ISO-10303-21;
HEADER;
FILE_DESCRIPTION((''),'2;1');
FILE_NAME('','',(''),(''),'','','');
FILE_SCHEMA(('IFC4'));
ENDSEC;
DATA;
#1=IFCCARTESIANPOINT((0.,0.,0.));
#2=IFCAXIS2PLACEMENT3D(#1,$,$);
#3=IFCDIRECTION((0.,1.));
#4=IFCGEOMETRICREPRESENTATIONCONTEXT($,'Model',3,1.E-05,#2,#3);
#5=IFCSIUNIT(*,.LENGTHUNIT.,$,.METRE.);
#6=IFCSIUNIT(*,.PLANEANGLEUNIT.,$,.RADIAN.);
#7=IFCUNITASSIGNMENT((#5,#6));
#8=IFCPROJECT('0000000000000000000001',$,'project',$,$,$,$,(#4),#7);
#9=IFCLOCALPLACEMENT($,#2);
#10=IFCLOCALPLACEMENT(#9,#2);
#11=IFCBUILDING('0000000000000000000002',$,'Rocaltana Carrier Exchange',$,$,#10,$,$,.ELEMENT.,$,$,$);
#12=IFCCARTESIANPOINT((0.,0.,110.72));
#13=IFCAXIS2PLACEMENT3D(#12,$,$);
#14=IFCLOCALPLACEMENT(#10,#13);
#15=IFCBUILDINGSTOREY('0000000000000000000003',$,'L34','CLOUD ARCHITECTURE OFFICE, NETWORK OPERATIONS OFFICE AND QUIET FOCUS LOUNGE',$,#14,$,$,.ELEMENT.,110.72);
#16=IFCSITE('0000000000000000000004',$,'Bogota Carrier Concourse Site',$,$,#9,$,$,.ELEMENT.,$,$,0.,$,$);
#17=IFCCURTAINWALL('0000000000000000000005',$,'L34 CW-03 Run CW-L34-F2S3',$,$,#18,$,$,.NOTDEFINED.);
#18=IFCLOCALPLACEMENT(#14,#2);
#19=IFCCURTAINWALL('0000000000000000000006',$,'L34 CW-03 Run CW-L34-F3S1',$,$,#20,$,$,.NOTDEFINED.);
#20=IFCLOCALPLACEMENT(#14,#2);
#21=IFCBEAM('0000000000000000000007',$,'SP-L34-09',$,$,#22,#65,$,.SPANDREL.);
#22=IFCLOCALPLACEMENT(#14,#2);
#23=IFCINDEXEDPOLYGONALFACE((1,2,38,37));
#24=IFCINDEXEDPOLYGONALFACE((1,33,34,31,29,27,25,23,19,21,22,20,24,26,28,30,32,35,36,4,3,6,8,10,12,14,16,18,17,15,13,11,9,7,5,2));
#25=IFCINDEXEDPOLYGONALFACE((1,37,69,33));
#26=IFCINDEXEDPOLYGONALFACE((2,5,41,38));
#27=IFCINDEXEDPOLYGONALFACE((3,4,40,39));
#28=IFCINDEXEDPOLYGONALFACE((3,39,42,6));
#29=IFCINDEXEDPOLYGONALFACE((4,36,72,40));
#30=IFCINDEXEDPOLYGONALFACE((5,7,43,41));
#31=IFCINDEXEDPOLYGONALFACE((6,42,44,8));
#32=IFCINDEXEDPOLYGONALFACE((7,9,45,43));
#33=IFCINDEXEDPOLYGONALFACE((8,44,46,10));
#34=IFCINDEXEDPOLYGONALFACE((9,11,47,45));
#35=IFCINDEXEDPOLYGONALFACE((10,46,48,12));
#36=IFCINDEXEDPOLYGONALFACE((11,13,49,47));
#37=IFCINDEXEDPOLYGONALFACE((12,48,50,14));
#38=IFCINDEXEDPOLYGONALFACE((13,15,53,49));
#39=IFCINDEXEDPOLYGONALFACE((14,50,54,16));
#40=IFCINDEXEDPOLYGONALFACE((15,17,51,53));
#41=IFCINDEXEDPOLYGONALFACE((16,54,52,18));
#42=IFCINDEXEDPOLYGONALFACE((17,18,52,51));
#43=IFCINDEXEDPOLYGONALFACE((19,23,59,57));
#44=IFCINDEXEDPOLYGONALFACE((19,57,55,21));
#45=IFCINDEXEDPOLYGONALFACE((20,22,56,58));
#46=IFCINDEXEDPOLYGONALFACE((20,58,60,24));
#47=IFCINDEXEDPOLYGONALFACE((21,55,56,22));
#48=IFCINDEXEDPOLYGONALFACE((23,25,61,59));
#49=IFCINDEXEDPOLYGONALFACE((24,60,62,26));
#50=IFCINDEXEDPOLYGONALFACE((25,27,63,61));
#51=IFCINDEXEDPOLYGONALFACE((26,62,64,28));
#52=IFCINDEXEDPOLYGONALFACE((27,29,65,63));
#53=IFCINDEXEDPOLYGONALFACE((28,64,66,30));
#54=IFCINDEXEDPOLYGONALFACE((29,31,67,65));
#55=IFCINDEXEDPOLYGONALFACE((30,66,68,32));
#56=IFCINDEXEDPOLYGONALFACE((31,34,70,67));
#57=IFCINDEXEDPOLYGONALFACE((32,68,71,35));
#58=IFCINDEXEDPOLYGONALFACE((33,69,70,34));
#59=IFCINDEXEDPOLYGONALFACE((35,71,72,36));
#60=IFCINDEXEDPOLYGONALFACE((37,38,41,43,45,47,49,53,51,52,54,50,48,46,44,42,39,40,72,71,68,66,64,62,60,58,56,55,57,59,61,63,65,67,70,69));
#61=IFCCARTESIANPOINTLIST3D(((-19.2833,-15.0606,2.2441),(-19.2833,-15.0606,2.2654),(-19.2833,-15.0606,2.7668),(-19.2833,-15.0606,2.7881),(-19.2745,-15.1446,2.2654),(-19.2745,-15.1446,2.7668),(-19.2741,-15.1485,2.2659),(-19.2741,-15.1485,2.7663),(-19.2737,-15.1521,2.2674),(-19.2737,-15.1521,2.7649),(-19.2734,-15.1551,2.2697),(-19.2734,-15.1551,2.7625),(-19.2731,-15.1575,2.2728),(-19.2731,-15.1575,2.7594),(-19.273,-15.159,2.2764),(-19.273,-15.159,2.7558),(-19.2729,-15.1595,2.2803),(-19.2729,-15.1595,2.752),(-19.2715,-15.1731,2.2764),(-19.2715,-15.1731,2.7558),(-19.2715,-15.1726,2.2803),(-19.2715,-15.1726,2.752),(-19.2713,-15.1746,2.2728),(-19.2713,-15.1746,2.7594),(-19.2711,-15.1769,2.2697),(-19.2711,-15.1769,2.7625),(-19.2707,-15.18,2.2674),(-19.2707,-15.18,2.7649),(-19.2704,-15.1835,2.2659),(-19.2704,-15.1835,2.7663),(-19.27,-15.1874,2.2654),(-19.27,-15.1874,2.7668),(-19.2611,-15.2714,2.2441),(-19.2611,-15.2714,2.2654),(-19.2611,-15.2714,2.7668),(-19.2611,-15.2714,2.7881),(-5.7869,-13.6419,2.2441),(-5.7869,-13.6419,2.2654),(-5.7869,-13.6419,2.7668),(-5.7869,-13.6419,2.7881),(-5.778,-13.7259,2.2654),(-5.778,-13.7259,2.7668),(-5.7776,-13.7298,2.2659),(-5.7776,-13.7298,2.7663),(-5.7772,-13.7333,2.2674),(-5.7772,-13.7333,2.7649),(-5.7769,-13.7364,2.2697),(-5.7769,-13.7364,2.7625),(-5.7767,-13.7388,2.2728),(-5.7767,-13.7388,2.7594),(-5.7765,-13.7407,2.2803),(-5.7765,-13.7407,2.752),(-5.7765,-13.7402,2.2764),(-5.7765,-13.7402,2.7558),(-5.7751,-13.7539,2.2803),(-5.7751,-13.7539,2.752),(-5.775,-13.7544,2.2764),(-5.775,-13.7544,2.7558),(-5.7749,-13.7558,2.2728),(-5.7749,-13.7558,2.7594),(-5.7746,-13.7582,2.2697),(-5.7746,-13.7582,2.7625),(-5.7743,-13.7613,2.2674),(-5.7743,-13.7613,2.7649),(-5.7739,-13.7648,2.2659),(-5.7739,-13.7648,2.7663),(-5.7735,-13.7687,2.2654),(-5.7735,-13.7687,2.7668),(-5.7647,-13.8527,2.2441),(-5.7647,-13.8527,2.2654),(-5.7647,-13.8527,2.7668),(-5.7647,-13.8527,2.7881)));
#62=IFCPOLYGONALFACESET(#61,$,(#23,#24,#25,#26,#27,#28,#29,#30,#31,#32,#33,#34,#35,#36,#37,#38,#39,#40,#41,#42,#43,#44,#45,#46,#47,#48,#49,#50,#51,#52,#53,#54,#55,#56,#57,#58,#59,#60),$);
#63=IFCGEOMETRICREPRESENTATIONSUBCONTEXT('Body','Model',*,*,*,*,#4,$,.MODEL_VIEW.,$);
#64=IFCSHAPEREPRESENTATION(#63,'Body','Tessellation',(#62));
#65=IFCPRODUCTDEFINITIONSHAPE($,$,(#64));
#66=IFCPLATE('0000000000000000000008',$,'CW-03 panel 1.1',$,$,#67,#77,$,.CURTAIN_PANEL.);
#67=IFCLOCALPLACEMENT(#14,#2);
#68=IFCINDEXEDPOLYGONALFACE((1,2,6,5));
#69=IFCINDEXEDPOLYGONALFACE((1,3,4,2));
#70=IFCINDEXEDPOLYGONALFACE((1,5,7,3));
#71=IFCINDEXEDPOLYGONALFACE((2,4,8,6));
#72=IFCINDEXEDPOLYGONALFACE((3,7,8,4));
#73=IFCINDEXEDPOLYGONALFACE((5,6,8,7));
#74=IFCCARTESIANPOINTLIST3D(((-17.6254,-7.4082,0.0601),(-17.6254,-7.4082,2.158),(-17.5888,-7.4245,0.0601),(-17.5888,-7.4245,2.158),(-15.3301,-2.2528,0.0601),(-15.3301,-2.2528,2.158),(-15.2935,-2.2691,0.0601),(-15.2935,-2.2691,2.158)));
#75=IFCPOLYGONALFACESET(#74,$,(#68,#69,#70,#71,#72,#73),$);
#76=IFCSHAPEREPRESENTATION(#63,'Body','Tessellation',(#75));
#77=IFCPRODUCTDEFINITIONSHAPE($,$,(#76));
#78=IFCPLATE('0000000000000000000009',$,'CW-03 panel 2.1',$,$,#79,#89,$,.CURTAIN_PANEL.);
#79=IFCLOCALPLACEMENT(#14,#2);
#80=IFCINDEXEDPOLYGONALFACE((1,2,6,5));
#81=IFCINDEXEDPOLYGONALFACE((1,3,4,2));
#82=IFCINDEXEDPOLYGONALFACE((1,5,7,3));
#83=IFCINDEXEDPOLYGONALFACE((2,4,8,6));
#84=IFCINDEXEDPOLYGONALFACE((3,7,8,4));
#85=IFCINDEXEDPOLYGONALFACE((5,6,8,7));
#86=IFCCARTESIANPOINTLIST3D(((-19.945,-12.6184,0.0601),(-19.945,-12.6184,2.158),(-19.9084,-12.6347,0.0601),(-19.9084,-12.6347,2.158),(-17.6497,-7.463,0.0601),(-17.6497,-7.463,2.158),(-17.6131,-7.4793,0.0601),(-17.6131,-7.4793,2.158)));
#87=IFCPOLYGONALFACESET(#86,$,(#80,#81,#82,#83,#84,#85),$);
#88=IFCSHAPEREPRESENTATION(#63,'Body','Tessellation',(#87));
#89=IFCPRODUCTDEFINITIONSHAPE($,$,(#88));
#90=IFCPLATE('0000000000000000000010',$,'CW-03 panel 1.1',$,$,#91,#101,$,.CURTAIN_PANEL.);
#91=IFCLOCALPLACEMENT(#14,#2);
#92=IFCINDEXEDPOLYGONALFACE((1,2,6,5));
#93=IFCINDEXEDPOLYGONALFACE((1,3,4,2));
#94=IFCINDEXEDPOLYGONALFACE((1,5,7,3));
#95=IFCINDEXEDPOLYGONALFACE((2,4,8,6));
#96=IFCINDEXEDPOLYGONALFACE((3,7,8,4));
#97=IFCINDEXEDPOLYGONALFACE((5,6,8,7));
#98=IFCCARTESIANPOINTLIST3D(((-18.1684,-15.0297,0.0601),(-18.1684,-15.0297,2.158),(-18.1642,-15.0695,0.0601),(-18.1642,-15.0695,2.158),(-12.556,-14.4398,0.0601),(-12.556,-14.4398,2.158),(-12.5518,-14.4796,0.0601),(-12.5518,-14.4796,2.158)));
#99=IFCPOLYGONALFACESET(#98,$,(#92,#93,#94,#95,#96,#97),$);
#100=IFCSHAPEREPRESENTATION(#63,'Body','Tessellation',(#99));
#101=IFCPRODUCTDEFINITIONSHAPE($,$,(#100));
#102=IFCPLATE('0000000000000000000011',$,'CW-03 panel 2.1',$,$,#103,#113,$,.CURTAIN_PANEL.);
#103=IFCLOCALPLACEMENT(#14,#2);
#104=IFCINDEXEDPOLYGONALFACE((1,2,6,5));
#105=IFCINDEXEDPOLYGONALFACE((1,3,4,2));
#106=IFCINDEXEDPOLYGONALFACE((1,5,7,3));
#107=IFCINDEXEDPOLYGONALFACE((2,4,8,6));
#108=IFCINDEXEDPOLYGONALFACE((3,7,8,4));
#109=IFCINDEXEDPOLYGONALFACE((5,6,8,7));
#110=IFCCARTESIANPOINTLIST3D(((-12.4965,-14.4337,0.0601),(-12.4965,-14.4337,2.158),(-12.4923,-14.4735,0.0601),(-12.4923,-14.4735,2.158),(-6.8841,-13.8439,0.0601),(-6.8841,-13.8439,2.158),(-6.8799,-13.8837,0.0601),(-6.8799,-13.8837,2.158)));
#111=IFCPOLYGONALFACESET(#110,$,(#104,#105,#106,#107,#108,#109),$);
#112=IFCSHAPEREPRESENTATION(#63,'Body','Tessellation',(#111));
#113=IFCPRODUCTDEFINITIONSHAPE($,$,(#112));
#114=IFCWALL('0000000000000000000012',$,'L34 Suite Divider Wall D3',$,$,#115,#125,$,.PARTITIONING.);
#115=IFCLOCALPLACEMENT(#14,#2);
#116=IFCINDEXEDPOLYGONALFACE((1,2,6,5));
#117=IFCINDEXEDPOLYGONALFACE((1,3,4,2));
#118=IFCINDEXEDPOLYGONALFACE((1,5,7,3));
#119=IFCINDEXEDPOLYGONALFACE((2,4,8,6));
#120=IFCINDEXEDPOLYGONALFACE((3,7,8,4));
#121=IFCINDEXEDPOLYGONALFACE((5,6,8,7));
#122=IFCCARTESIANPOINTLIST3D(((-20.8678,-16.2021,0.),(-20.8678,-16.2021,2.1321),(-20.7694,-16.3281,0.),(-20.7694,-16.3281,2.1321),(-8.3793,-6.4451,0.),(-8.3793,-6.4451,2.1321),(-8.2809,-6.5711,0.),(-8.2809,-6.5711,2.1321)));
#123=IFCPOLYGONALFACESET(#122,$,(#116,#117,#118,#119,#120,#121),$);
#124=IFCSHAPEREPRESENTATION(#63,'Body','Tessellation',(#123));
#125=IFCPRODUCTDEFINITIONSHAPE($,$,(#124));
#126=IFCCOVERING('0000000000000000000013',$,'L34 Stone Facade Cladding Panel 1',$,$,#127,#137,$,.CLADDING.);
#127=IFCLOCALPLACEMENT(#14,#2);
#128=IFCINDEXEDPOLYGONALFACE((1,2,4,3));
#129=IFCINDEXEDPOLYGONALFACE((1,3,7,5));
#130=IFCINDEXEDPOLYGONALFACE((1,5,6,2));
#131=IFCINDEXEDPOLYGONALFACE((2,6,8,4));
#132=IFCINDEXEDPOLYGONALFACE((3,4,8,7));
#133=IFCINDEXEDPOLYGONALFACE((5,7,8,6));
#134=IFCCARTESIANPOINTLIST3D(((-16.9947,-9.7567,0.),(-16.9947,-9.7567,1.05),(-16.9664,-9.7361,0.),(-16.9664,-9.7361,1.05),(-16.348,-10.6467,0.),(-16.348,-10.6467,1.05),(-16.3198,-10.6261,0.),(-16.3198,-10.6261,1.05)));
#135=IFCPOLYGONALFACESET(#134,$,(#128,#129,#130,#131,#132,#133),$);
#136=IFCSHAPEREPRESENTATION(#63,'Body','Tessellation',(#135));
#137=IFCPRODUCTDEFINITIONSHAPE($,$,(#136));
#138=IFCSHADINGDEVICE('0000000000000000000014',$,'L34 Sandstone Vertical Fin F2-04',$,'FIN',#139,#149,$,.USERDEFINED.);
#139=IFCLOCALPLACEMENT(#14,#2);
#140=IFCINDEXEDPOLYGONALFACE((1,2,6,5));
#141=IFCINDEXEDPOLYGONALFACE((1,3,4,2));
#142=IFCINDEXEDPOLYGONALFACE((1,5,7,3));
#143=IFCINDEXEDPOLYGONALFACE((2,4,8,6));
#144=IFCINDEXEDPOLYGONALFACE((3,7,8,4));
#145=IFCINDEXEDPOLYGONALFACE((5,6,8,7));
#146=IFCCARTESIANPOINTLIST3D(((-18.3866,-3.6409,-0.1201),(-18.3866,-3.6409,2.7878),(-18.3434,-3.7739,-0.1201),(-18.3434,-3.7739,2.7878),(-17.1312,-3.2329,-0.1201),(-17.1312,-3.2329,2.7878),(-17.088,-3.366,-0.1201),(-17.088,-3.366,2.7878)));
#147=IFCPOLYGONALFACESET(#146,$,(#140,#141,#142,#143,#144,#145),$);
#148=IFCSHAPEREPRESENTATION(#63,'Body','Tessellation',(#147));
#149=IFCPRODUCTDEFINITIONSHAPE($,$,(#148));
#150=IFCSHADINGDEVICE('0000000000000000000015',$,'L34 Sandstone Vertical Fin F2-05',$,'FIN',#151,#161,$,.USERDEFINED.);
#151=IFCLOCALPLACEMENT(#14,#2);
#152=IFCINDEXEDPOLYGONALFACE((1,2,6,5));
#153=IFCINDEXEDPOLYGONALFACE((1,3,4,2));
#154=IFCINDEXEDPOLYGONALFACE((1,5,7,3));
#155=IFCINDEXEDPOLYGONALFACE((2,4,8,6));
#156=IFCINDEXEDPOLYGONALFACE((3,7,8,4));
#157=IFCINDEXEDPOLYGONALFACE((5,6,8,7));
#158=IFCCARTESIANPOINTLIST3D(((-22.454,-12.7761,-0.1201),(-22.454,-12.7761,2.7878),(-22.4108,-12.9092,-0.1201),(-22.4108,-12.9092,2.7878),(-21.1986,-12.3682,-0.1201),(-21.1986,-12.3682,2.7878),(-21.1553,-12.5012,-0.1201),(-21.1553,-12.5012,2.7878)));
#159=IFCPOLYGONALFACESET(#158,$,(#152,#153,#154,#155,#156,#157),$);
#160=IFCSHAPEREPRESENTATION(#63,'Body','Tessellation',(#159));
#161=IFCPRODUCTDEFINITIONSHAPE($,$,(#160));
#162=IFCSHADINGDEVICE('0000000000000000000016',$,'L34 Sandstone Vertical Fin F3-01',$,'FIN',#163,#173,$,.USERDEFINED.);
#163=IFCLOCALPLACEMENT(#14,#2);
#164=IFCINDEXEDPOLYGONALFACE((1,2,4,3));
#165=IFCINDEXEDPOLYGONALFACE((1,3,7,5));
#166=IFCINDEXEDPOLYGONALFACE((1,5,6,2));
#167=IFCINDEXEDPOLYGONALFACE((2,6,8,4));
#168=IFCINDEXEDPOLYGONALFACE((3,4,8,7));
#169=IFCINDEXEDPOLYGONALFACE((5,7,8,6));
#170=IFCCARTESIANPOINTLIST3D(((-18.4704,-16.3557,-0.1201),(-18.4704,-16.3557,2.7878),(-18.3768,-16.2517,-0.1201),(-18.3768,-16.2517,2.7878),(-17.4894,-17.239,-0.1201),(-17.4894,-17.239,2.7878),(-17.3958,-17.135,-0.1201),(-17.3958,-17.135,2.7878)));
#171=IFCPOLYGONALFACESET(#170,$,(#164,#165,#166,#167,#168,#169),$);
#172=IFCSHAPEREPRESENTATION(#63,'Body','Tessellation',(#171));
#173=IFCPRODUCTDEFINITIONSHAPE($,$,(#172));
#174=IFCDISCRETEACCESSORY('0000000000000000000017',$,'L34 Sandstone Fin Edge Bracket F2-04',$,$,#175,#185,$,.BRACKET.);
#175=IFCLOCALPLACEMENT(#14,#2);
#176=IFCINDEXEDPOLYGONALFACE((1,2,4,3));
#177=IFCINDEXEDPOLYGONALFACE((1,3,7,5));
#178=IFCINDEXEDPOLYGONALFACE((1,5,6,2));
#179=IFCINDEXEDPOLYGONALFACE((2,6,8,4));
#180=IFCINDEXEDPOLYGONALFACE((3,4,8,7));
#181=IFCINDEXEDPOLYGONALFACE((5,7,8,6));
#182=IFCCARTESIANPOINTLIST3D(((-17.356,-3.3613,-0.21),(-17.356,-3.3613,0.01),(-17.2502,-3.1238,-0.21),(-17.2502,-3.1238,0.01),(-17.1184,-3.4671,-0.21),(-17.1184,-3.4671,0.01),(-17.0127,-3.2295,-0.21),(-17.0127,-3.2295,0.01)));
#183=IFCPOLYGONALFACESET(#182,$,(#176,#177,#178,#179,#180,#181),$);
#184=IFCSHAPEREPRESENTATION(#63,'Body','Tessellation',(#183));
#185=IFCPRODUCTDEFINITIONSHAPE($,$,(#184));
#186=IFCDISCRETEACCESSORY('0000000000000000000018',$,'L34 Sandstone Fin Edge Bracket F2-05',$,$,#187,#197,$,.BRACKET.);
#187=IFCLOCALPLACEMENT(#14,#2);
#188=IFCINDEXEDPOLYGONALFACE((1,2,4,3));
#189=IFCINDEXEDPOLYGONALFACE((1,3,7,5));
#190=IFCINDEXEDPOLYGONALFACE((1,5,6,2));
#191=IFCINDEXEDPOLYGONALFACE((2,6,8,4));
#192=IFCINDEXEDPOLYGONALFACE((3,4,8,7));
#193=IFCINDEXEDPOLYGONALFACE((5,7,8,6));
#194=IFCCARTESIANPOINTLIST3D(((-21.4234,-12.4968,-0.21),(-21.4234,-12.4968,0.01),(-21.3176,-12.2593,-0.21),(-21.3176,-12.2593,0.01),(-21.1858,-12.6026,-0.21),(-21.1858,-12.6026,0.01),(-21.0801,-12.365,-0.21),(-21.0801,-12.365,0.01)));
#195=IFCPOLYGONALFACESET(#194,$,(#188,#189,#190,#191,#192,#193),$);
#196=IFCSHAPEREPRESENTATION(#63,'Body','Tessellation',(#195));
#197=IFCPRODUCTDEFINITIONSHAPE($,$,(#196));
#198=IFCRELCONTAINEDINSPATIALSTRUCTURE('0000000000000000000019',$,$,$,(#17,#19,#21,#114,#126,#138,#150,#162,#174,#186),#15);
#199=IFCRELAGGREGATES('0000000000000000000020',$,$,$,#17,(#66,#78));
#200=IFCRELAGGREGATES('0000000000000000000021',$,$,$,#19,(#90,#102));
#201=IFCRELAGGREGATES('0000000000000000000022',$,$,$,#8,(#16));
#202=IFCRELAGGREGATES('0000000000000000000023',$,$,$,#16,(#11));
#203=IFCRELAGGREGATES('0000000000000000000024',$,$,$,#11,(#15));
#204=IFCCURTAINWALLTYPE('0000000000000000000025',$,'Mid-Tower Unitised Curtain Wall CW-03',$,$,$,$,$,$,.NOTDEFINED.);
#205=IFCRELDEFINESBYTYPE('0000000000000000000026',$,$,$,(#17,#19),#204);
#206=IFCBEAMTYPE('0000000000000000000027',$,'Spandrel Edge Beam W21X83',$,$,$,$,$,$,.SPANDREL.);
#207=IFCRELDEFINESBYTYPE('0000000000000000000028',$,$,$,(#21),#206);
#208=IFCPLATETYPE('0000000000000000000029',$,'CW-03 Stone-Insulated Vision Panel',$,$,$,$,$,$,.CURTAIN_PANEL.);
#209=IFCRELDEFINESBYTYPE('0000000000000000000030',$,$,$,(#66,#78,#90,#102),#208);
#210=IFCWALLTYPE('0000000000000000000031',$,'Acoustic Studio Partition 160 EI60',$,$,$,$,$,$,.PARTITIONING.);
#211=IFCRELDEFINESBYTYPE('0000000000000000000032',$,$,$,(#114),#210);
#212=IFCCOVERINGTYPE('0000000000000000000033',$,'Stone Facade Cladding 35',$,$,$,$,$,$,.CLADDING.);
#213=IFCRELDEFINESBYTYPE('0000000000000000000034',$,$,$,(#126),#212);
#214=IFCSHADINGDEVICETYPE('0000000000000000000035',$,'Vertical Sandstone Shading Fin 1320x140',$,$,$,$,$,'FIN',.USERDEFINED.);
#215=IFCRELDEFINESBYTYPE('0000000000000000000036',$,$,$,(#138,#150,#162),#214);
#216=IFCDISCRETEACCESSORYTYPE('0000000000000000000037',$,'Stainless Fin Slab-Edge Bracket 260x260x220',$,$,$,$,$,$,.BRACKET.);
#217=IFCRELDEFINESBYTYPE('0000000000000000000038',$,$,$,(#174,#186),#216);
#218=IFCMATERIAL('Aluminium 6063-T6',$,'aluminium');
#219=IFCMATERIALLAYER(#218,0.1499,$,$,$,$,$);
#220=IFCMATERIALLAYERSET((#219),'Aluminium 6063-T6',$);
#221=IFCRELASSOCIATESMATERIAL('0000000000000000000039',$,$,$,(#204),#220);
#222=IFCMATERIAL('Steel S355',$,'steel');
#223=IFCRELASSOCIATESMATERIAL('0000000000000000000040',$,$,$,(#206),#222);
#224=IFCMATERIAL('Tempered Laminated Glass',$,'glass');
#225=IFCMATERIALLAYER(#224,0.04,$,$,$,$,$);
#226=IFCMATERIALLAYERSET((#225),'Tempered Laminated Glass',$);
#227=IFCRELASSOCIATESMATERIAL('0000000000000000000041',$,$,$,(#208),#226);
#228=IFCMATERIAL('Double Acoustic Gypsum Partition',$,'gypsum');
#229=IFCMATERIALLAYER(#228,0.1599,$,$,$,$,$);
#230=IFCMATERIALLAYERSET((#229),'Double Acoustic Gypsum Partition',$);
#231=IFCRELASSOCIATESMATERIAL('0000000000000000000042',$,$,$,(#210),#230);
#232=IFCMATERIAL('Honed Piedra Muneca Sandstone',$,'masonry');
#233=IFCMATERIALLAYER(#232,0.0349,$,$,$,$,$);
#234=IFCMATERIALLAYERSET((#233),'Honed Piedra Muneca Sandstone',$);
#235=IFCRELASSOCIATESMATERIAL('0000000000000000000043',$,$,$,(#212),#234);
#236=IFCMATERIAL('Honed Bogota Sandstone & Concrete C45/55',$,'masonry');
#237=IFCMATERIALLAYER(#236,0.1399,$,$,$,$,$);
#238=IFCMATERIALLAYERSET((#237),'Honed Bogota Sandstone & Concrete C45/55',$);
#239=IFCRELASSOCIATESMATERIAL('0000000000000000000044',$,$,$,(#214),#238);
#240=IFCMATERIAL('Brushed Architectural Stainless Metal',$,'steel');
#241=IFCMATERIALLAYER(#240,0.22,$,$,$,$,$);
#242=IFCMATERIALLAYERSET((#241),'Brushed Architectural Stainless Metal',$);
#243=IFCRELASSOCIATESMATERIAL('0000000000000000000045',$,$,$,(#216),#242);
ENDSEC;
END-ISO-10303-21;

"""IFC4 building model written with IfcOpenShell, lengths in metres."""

from ifc_helpers import new_model, si_unit, direction, frame, frame_2d, origin, origin_2d, place, context, subcontext, project, spatial, rectangle, i_section, extrude, material, layer, layer_set, material_profile, profile_set, type_object, element, aggregate, save


model = new_model("IFC4")

# Units and contexts
model_context = context("Model", 3, precision=1e-05, world=origin(), true_north=direction((0.0, 1.0)))
body_context = subcontext(model_context, "Body", "Model", "MODEL_VIEW")
ifc_project = project(units=[si_unit("LENGTHUNIT", "METRE"), si_unit("PLANEANGLEUNIT", "RADIAN")], contexts=[model_context])

# Site, building, storey
site_placement = place(None, origin())
site = spatial("IfcSite", under=ifc_project, at=site_placement, Name="Bogota Carrier Concourse Site", CompositionType="ELEMENT", RefElevation=0.0)
building_placement = place(site_placement, origin())
building = spatial("IfcBuilding", under=site, at=building_placement, Name="Rocaltana Carrier Exchange", CompositionType="ELEMENT")
storey_placement = place(building_placement, frame((0.0, 0.0, 110.72)))
storey = spatial("IfcBuildingStorey", under=building, at=storey_placement, Name="L34", Description="CLOUD ARCHITECTURE OFFICE, NETWORK OPERATIONS OFFICE AND QUIET FOCUS LOUNGE", CompositionType="ELEMENT", Elevation=110.72)

# Curtain walls
ifc_material_1 = material(Name="Aluminium 6063-T6", Category="aluminium")
ifc_layer_1 = layer(ifc_material_1, 0.1499)
ifc_layer_set_1 = layer_set([ifc_layer_1], Name="Aluminium 6063-T6")
curtain_wall_type = type_object("IfcCurtainWallType", Name="Mid-Tower Unitised Curtain Wall CW-03", PredefinedType="NOTDEFINED", material=ifc_layer_set_1)
curtain_wall_1_placement = place(storey_placement, origin())
curtain_wall_1 = element("IfcCurtainWall", 1, at=curtain_wall_1_placement, inside=storey, type_object=curtain_wall_type, Name="L34 CW-03 Run CW-L34-F2S3", PredefinedType="NOTDEFINED")
curtain_wall_2_placement = place(storey_placement, origin())
curtain_wall_2 = element("IfcCurtainWall", 2, at=curtain_wall_2_placement, inside=storey, type_object=curtain_wall_type, Name="L34 CW-03 Run CW-L34-F3S1", PredefinedType="NOTDEFINED")

# Beam
ifc_material_2 = material(Name="Steel S355", Category="steel")
ifc_material_profile_1 = material_profile(ifc_material_2, i_section(OverallWidth=0.2119, OverallDepth=0.5439, WebThickness=0.0132, FlangeThickness=0.0212, FilletRadius=0.0149, at=origin_2d()), Name="W21X83")
ifc_profile_set_1 = profile_set([ifc_material_profile_1], Name="Steel S355")
beam_type_1 = type_object("IfcBeamType", Name="Spandrel Edge Beam W21X83", PredefinedType="SPANDREL", material=ifc_profile_set_1)
beam_1_placement = place(storey_placement, frame((-19.2722, -15.166, 2.5161), z_axis=(0.994521, 0.104542, 0.0), x_axis=(-0.104542, 0.994521, 0.0)))
element("IfcBeam", 3, at=beam_1_placement, inside=storey, type_object=beam_type_1, Name="SP-L34-09", PredefinedType="SPANDREL", context=body_context, shape_type="SweptSolid", body=[
    extrude(i_section(OverallWidth=0.2119, OverallDepth=0.5439, WebThickness=0.0132, FlangeThickness=0.0212, FilletRadius=0.0149, at=origin_2d()), origin(), (0.0, 0.0, 1.0), 13.5708),
])

# Plates
ifc_material_3 = material(Name="Tempered Laminated Glass", Category="glass")
ifc_layer_2 = layer(ifc_material_3, 0.04)
ifc_layer_set_2 = layer_set([ifc_layer_2], Name="Tempered Laminated Glass")
plate_type = type_object("IfcPlateType", Name="CW-03 Stone-Insulated Vision Panel", PredefinedType="CURTAIN_PANEL", material=ifc_layer_set_2)
plate_1_placement = place(storey_placement, frame((-16.4595, -4.8386, 0.0601), z_axis=(0.0, 0.0, 1.0), x_axis=(-0.406733, -0.913547, 0.0)))
plate_1 = element("IfcPlate", 4, at=plate_1_placement, type_object=plate_type, Name="CW-03 panel 1.1", PredefinedType="CURTAIN_PANEL", context=body_context, shape_type="SweptSolid", body=[
    extrude(rectangle(XDim=5.6433, YDim=0.04, at=origin_2d()), origin(), (0.0, 0.0, 1.0), 2.0979),
])
plate_2_placement = place(storey_placement, frame((-18.7791, -10.0488, 0.0601), z_axis=(0.0, 0.0, 1.0), x_axis=(-0.406733, -0.913547, 0.0)))
plate_2 = element("IfcPlate", 5, at=plate_2_placement, type_object=plate_type, Name="CW-03 panel 2.1", PredefinedType="CURTAIN_PANEL", context=body_context, shape_type="SweptSolid", body=[
    extrude(rectangle(XDim=5.6433, YDim=0.04, at=origin_2d()), origin(), (0.0, 0.0, 1.0), 2.0979),
])
aggregate(curtain_wall_1, [plate_1, plate_2])
plate_3_placement = place(storey_placement, frame((-15.3601, -14.7546, 0.0601), z_axis=(0.0, 0.0, 1.0), x_axis=(0.994523, 0.104522, 0.0)))
plate_3 = element("IfcPlate", 6, at=plate_3_placement, type_object=plate_type, Name="CW-03 panel 1.1", PredefinedType="CURTAIN_PANEL", context=body_context, shape_type="SweptSolid", body=[
    extrude(rectangle(XDim=5.6433, YDim=0.04, at=origin_2d()), origin(), (0.0, 0.0, 1.0), 2.0979),
])
plate_4_placement = place(storey_placement, frame((-9.6882, -14.1587, 0.0601), z_axis=(0.0, 0.0, 1.0), x_axis=(0.994523, 0.104522, 0.0)))
plate_4 = element("IfcPlate", 7, at=plate_4_placement, type_object=plate_type, Name="CW-03 panel 2.1", PredefinedType="CURTAIN_PANEL", context=body_context, shape_type="SweptSolid", body=[
    extrude(rectangle(XDim=5.6433, YDim=0.04, at=origin_2d()), origin(), (0.0, 0.0, 1.0), 2.0979),
])
aggregate(curtain_wall_2, [plate_3, plate_4])

# Wall
ifc_material_4 = material(Name="Double Acoustic Gypsum Partition", Category="gypsum")
ifc_layer_3 = layer(ifc_material_4, 0.1599)
ifc_layer_set_3 = layer_set([ifc_layer_3], Name="Double Acoustic Gypsum Partition")
wall_type = type_object("IfcWallType", Name="Acoustic Studio Partition 160 EI60", PredefinedType="PARTITIONING", material=ifc_layer_set_3)
wall_placement = place(storey_placement, frame((-8.3301, -6.5081, 0.0), z_axis=(0.0, 0.0, 1.0), x_axis=(-0.788012, -0.61566, 0.0)))
element("IfcWall", 8, at=wall_placement, inside=storey, type_object=wall_type, Name="L34 Suite Divider Wall D3", PredefinedType="PARTITIONING", context=body_context, shape_type="SweptSolid", body=[
    extrude(rectangle(XDim=15.8481, YDim=0.1599, at=frame_2d((7.9241, 0.0))), origin(), (0.0, 0.0, 1.0), 2.1321),
])

# Covering
ifc_material_5 = material(Name="Honed Piedra Muneca Sandstone", Category="masonry")
ifc_layer_4 = layer(ifc_material_5, 0.0349)
ifc_layer_set_4 = layer_set([ifc_layer_4], Name="Honed Piedra Muneca Sandstone")
covering_type = type_object("IfcCoveringType", Name="Stone Facade Cladding 35", PredefinedType="CLADDING", material=ifc_layer_set_4)
covering_placement = place(storey_placement, frame((-16.6572, -10.1914, 0.0), z_axis=(0.0, 0.0, 1.0), x_axis=(-0.587785, 0.809017, 0.0)))
element("IfcCovering", 9, at=covering_placement, inside=storey, type_object=covering_type, Name="L34 Stone Facade Cladding Panel 1", PredefinedType="CLADDING", context=body_context, shape_type="SweptSolid", body=[
    extrude(rectangle(XDim=1.1001, YDim=0.0349, at=origin_2d()), origin(), (0.0, 0.0, 1.0), 1.05),
])

# Shading devices
ifc_material_6 = material(Name="Honed Bogota Sandstone & Concrete C45/55", Category="masonry")
ifc_layer_5 = layer(ifc_material_6, 0.1399)
ifc_layer_set_5 = layer_set([ifc_layer_5], Name="Honed Bogota Sandstone & Concrete C45/55")
shading_device_type = type_object("IfcShadingDeviceType", Name="Vertical Sandstone Shading Fin 1320x140", ElementType="FIN", PredefinedType="USERDEFINED", material=ifc_layer_set_5)
for number, where, z_axis, x_axis, name in (
    (10, (-17.7373, -3.5034, -0.1201), (0.0, 0.0, 1.0), (-0.951057, -0.309017, 0.0), "L34 Sandstone Vertical Fin F2-04"),
    (11, (-21.8047, -12.6387, -0.1201), (0.0, 0.0, 1.0), (-0.951057, -0.309017, 0.0), "L34 Sandstone Vertical Fin F2-05"),
    (12, (-17.9331, -16.7454, -0.1201), (0.0, 0.0, 1.0), (0.743145, -0.669131, 0.0), "L34 Sandstone Vertical Fin F3-01"),
):
    element("IfcShadingDevice", number, at=place(storey_placement, frame(where, z_axis=z_axis, x_axis=x_axis)), inside=storey, type_object=shading_device_type, Name=name, ObjectType="FIN", PredefinedType="USERDEFINED", context=body_context, shape_type="SweptSolid", body=[
        extrude(rectangle(XDim=1.3201, YDim=0.1399, at=origin_2d()), origin(), (0.0, 0.0, 1.0), 2.908),
    ])

# Discrete accessories
ifc_material_7 = material(Name="Brushed Architectural Stainless Metal", Category="steel")
ifc_layer_6 = layer(ifc_material_7, 0.22)
ifc_layer_set_6 = layer_set([ifc_layer_6], Name="Brushed Architectural Stainless Metal")
discrete_accessory_type = type_object("IfcDiscreteAccessoryType", Name="Stainless Fin Slab-Edge Bracket 260x260x220", PredefinedType="BRACKET", material=ifc_layer_set_6)
for number, where, z_axis, x_axis, name in (
    (13, (-17.1843, -3.2954, -0.21), (0.0, 0.0, 1.0), (-0.406737, -0.913545, 0.0), "L34 Sandstone Fin Edge Bracket F2-04"),
    (14, (-21.2517, -12.4309, -0.21), (0.0, 0.0, 1.0), (-0.406737, -0.913545, 0.0), "L34 Sandstone Fin Edge Bracket F2-05"),
):
    element("IfcDiscreteAccessory", number, at=place(storey_placement, frame(where, z_axis=z_axis, x_axis=x_axis)), inside=storey, type_object=discrete_accessory_type, Name=name, PredefinedType="BRACKET", context=body_context, shape_type="SweptSolid", body=[
        extrude(rectangle(XDim=0.26, YDim=0.26, at=origin_2d()), origin(), (0.0, 0.0, 1.0), 0.22),
    ])

save(model, "model.ifc")
